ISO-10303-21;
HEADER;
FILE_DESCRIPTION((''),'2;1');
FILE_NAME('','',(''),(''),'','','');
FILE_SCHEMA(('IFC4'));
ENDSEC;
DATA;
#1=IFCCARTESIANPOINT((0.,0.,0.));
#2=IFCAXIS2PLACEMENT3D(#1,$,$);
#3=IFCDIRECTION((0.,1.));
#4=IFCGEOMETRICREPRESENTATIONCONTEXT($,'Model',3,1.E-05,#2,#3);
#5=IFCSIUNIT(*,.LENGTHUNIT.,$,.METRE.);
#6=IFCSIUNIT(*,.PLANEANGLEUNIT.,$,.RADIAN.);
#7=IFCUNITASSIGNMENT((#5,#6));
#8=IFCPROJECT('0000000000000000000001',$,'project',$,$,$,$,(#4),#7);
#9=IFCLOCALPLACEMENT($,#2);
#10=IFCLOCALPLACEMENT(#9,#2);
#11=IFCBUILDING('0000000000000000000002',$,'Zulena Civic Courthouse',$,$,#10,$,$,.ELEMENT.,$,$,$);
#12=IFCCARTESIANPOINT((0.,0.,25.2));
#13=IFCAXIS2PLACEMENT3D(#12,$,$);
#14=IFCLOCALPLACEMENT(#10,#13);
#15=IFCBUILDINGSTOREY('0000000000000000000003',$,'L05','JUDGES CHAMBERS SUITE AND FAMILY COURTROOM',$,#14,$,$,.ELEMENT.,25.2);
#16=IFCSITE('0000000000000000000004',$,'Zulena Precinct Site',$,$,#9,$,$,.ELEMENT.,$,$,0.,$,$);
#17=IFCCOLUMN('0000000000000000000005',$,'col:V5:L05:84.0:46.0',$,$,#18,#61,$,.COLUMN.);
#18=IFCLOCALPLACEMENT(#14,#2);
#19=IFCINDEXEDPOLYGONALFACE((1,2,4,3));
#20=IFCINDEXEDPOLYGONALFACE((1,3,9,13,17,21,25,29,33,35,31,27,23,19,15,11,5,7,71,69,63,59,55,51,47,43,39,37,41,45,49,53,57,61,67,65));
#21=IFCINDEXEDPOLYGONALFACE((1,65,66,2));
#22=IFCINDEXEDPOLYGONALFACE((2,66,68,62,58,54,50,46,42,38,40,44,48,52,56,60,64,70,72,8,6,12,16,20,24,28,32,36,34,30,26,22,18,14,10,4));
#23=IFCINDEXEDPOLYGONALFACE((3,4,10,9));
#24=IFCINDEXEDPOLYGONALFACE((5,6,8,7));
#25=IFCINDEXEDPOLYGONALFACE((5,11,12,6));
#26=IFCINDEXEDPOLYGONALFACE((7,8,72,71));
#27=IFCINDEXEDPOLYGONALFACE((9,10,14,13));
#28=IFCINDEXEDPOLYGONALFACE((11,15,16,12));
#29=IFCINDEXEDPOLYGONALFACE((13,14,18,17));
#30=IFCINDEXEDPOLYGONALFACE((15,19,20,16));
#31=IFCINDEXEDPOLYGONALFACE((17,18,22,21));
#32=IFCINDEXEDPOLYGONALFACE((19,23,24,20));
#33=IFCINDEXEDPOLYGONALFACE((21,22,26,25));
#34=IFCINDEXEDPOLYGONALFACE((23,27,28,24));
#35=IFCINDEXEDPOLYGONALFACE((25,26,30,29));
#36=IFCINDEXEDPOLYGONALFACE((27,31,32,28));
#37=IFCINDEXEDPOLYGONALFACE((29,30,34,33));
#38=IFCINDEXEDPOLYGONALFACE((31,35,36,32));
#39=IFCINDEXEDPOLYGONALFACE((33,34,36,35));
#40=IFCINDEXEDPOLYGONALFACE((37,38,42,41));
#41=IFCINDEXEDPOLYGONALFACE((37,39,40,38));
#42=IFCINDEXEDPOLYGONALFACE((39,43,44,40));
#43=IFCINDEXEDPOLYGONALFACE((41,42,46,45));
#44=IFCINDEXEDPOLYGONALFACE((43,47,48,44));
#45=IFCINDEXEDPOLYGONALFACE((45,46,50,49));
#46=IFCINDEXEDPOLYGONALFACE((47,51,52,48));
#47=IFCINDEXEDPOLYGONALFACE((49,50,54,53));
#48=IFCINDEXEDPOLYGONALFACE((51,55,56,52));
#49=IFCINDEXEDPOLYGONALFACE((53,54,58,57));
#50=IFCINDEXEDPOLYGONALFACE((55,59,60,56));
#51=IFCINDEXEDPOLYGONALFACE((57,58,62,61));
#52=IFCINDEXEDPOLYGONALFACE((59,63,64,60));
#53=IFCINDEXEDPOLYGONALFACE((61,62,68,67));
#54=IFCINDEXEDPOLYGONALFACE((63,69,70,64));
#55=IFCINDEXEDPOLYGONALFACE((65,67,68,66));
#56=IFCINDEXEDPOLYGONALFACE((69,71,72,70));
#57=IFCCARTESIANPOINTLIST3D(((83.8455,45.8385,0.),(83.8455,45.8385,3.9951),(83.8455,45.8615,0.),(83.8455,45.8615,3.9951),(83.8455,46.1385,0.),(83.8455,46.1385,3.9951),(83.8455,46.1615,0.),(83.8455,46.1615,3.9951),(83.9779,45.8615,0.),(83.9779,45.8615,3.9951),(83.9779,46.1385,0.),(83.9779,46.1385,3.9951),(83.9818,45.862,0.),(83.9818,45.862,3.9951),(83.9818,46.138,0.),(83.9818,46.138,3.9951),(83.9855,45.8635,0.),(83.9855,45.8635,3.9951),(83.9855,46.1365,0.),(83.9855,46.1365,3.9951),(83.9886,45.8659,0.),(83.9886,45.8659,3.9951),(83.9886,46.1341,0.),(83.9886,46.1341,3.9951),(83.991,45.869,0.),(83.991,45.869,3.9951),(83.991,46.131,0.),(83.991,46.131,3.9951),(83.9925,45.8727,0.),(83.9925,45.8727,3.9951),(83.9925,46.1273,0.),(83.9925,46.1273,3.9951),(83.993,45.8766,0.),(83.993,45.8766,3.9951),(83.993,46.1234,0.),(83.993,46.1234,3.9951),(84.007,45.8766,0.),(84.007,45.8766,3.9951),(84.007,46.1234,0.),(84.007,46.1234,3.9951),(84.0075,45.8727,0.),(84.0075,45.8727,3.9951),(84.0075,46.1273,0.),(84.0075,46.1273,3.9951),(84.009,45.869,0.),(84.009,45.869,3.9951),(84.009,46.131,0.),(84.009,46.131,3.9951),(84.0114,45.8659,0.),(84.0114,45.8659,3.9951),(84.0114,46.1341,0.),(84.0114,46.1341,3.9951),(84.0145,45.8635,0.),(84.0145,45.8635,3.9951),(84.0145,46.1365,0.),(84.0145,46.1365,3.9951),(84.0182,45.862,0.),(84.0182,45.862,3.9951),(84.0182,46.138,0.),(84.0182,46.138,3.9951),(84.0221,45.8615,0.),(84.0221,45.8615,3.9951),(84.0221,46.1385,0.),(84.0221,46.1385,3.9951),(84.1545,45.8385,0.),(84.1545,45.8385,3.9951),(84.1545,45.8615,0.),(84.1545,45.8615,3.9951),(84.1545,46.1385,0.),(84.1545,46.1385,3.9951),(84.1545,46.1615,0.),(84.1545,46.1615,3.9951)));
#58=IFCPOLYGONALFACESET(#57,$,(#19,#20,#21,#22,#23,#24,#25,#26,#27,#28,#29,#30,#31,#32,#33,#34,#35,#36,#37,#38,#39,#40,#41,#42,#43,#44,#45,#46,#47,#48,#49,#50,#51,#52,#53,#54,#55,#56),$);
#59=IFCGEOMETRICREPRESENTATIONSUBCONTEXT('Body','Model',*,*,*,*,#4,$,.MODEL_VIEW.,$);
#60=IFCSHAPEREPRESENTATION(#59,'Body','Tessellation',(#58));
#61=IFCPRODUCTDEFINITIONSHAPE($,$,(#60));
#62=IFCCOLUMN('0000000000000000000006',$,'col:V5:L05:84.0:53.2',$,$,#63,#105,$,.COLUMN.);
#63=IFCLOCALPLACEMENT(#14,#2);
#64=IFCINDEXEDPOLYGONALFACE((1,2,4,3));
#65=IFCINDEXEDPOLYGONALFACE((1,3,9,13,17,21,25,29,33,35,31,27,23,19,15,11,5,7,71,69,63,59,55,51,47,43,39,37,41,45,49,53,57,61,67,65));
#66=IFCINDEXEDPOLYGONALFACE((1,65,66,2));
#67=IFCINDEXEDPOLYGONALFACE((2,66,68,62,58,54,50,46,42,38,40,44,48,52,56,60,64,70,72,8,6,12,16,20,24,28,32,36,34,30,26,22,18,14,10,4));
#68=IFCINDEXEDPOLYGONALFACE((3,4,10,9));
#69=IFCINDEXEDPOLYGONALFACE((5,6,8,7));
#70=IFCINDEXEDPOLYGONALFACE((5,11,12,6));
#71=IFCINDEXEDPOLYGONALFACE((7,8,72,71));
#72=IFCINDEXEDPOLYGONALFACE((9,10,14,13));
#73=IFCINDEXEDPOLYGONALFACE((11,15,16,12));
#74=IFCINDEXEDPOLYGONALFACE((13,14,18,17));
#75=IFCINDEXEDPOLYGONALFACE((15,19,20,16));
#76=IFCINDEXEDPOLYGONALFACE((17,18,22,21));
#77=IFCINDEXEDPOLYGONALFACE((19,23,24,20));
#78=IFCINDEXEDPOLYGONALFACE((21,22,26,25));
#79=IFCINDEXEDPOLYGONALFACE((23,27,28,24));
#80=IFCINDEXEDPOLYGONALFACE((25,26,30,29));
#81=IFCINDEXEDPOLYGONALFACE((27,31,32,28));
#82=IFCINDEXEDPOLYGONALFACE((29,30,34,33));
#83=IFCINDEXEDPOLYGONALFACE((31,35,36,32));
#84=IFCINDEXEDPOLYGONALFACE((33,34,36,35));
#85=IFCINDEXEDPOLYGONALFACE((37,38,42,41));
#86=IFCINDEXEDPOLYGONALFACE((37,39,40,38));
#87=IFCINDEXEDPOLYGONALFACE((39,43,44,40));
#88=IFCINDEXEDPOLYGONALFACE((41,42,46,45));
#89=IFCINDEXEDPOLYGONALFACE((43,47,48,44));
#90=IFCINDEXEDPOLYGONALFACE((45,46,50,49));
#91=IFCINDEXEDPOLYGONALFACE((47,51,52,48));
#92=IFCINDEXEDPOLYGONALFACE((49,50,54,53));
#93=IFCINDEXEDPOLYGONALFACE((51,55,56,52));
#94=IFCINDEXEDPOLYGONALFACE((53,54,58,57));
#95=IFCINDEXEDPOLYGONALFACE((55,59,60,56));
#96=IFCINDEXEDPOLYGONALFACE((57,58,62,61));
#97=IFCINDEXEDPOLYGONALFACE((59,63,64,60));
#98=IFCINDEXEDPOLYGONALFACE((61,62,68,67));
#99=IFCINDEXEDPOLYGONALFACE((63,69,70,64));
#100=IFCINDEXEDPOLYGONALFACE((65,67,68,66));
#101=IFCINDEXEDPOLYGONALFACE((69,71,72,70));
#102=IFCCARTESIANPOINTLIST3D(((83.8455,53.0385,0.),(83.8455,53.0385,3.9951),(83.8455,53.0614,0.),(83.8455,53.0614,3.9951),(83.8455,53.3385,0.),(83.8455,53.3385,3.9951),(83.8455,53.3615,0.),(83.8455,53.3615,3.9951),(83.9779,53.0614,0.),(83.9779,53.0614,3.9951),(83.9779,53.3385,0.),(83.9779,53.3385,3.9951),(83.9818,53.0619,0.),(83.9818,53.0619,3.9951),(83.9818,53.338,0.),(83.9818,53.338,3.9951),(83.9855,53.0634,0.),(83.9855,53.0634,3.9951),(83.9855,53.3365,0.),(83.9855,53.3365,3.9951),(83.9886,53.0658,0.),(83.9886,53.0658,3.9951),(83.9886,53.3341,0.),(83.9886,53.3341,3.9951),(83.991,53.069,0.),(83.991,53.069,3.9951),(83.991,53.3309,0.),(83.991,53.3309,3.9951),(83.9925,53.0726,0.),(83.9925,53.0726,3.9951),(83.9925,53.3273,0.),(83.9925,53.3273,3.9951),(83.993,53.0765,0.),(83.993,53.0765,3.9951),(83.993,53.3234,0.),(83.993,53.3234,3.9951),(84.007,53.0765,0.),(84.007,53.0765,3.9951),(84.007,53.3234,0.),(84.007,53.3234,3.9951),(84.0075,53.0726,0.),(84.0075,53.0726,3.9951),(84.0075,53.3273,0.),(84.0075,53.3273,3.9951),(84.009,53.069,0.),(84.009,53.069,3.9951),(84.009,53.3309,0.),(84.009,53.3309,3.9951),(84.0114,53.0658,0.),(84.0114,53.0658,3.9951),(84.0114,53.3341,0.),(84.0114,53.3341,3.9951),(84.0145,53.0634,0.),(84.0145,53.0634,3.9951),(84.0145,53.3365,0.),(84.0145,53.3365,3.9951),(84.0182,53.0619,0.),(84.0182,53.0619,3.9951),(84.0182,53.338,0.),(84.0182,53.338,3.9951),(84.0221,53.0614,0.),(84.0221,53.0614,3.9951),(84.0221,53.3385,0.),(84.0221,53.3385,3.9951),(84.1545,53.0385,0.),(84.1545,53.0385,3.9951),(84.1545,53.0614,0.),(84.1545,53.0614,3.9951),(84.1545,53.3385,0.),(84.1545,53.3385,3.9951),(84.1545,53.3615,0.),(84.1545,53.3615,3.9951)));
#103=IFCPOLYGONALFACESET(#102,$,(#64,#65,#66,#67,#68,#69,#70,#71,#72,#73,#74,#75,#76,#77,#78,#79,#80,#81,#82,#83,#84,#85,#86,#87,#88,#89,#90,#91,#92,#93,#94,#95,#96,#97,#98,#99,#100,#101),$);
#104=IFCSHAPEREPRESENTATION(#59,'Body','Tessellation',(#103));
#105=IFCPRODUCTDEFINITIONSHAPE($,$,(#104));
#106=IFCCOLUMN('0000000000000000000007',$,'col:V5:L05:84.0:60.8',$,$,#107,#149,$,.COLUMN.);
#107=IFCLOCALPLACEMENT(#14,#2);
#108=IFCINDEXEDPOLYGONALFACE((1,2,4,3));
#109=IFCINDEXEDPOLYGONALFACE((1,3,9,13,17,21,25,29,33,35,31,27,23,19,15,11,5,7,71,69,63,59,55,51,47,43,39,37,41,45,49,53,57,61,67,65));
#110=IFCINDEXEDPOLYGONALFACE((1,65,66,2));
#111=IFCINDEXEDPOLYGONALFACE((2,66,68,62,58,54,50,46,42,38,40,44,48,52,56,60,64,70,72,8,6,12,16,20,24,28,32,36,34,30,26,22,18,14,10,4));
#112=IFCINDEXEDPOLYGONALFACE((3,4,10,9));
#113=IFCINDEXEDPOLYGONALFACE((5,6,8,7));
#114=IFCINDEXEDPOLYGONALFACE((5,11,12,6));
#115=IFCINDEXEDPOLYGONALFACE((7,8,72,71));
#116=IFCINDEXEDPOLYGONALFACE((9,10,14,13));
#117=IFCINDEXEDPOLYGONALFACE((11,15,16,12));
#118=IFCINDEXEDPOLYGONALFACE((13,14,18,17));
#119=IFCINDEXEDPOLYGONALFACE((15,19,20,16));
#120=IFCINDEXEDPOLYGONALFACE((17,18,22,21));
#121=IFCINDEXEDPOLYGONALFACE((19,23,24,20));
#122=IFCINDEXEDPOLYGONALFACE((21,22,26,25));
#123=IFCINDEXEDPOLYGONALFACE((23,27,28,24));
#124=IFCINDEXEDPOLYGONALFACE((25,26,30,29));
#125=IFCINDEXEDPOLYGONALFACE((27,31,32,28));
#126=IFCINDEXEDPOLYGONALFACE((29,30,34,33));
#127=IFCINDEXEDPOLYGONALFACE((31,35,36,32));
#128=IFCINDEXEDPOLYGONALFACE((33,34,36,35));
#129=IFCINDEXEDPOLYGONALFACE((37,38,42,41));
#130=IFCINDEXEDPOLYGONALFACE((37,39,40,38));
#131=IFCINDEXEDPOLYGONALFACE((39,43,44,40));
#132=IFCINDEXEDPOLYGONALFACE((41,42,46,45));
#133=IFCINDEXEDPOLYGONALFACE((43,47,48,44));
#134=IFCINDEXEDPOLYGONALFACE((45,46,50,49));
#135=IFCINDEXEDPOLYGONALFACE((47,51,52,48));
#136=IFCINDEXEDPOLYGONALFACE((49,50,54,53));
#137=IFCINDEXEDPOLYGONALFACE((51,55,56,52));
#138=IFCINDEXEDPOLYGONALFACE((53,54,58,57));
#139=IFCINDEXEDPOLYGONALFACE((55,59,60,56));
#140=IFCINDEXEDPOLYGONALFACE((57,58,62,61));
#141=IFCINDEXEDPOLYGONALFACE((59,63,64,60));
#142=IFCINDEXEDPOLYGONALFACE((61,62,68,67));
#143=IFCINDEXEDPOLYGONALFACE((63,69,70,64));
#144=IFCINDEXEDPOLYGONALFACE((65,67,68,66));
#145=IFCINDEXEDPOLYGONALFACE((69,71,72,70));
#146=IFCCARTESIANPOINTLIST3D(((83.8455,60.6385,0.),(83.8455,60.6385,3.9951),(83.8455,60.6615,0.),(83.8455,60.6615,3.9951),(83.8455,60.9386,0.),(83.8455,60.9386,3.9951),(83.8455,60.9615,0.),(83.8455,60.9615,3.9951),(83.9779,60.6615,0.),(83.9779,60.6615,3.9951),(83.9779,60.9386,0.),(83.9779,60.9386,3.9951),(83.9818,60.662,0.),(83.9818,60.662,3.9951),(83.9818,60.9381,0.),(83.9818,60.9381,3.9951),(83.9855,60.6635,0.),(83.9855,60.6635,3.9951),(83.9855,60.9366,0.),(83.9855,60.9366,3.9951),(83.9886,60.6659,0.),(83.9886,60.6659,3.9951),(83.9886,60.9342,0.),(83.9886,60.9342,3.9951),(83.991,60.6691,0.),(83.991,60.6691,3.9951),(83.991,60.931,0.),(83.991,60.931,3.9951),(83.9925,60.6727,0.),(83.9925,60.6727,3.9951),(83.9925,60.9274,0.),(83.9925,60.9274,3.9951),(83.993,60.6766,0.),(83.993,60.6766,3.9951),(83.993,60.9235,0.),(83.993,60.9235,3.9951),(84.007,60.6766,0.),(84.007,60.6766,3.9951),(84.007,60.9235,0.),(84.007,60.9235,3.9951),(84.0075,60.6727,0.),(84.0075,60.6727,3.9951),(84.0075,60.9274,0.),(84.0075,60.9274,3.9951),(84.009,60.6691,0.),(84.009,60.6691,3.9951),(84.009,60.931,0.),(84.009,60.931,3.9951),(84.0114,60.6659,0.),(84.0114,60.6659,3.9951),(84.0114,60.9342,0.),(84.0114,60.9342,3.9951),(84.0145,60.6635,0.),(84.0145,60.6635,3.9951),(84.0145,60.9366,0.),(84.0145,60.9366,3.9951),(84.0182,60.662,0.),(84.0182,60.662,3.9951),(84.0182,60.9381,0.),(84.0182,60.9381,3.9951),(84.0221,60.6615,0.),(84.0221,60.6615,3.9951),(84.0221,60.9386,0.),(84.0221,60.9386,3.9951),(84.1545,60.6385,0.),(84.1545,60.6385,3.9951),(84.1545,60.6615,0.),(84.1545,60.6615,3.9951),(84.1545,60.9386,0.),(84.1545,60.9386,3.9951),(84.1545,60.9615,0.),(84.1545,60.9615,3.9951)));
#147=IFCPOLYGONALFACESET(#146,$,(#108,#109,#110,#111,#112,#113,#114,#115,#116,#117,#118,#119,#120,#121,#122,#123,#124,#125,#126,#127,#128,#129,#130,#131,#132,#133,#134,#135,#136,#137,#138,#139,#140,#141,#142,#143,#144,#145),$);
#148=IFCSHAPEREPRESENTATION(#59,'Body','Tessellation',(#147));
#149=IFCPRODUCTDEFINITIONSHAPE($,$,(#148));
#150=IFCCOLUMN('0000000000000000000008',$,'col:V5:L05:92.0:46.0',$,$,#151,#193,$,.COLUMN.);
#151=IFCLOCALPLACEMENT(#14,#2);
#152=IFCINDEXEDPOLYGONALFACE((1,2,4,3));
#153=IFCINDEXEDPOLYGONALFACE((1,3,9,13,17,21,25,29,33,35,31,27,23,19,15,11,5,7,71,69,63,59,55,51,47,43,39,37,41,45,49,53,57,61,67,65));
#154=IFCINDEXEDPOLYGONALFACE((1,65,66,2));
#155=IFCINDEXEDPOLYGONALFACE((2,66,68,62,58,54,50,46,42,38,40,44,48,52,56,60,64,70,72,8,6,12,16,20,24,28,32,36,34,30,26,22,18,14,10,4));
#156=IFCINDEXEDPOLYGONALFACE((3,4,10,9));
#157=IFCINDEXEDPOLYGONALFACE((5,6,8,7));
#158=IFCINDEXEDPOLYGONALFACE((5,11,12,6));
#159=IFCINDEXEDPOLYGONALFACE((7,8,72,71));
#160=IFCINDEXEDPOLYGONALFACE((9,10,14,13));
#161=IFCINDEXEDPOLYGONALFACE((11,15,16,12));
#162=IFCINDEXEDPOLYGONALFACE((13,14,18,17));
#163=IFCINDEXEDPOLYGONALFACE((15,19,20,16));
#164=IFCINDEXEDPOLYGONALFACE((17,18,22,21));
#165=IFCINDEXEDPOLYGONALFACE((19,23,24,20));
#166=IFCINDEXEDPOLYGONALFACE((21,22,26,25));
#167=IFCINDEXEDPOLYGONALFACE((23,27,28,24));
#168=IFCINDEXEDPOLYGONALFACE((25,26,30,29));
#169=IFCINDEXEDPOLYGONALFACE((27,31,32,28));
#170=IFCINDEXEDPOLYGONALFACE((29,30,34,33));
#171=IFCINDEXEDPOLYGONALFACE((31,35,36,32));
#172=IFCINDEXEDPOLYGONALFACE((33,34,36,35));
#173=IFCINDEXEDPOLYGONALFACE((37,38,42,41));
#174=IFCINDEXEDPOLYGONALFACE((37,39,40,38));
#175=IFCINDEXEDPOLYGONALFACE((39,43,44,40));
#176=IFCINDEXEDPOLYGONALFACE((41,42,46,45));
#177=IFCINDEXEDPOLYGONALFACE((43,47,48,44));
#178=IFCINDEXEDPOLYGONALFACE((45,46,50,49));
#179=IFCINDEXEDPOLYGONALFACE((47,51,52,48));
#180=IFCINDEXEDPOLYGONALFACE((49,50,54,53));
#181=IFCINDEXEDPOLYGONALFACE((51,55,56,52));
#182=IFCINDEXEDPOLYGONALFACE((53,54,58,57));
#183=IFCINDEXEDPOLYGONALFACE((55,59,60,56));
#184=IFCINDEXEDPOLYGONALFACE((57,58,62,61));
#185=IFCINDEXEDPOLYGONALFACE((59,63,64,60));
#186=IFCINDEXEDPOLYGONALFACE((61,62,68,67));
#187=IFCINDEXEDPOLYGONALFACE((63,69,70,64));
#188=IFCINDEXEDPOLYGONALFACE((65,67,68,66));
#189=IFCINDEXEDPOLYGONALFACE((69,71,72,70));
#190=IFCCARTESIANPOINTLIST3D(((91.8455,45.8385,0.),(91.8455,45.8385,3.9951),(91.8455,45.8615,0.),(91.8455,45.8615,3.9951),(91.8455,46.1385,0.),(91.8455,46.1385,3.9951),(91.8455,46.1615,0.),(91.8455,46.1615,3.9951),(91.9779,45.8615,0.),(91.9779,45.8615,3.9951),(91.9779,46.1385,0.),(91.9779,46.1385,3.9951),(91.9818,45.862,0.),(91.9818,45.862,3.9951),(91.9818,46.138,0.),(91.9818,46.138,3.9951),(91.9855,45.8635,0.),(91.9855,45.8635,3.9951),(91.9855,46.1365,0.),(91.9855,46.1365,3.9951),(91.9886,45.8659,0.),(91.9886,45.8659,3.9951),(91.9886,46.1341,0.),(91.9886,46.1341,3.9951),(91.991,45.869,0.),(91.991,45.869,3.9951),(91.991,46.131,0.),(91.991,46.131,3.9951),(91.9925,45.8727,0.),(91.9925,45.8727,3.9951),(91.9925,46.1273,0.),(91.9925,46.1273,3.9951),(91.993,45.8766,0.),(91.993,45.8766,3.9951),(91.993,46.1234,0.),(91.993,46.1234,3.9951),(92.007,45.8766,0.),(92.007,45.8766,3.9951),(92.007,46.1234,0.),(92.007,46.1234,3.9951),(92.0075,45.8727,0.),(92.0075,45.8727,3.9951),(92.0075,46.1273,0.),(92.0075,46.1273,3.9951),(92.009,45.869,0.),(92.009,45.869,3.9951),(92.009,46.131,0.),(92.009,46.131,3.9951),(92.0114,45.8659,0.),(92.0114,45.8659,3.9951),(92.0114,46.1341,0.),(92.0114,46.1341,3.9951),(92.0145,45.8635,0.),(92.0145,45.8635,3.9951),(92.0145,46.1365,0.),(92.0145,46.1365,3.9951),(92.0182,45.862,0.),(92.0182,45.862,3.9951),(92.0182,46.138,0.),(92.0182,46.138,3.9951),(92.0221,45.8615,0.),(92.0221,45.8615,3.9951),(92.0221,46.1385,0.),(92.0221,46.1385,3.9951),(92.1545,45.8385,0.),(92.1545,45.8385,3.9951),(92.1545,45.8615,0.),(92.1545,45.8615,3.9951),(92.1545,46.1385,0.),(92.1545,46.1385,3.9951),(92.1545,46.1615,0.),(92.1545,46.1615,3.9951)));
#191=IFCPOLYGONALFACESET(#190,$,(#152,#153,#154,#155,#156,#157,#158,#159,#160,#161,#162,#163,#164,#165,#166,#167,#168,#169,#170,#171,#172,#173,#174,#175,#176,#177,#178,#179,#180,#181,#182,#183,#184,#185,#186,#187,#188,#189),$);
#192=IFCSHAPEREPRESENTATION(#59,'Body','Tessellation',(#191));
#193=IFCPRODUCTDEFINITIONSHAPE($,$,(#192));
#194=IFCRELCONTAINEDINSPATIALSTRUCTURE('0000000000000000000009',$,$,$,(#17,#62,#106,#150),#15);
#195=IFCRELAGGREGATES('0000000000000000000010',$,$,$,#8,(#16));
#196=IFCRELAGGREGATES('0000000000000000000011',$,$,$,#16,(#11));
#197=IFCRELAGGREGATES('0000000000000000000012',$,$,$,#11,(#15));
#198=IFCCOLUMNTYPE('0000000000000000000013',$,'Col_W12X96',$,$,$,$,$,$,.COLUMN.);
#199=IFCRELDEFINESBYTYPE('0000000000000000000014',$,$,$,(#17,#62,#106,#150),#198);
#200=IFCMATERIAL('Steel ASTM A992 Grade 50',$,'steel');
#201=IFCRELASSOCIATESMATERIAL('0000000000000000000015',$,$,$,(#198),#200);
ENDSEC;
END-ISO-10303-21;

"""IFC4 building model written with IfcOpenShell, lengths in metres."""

from ifc_helpers import new_model, si_unit, direction, frame, origin, origin_2d, place, context, subcontext, project, spatial, i_section, extrude, material, material_profile, profile_set, type_object, element, save


model = new_model("IFC4")

# Units and contexts
model_context = context("Model", 3, precision=1e-05, world=origin(), true_north=direction((0.0, 1.0)))
body_context = subcontext(model_context, "Body", "Model", "MODEL_VIEW")
ifc_project = project(units=[si_unit("LENGTHUNIT", "METRE"), si_unit("PLANEANGLEUNIT", "RADIAN")], contexts=[model_context])

# Site, building, storey
site_placement = place(None, origin())
site = spatial("IfcSite", under=ifc_project, at=site_placement, Name="Zulena Precinct Site", CompositionType="ELEMENT", RefElevation=0.0)
building_placement = place(site_placement, origin())
building = spatial("IfcBuilding", under=site, at=building_placement, Name="Zulena Civic Courthouse", CompositionType="ELEMENT")
storey_placement = place(building_placement, frame((0.0, 0.0, 25.2)))
storey = spatial("IfcBuildingStorey", under=building, at=storey_placement, Name="L05", Description="JUDGES CHAMBERS SUITE AND FAMILY COURTROOM", CompositionType="ELEMENT", Elevation=25.2)

# Columns
ifc_material_1 = material(Name="Steel ASTM A992 Grade 50", Category="steel")
ifc_material_profile_1 = material_profile(ifc_material_1, i_section(OverallWidth=0.3091, OverallDepth=0.323, WebThickness=0.0139, FlangeThickness=0.0229, FilletRadius=0.0151, at=origin_2d()), Name="W12X96")
ifc_profile_set_1 = profile_set([ifc_material_profile_1], Name="Steel ASTM A992 Grade 50")
column_type = type_object("IfcColumnType", Name="Col_W12X96", PredefinedType="COLUMN", material=ifc_profile_set_1)
for number, where, z_axis, x_axis, name in (
    (1, (84.0, 46.0, 0.0), (0.0, 0.0, 1.0), (1.0, 0.0, 0.0), "col:V5:L05:84.0:46.0"),
    (2, (84.0, 53.2, 0.0), (0.0, 0.0, 1.0), (1.0, 0.0, 0.0), "col:V5:L05:84.0:53.2"),
    (3, (84.0, 60.8, 0.0), (0.0, 0.0, 1.0), (1.0, 0.0, 0.0), "col:V5:L05:84.0:60.8"),
    (4, (92.0, 46.0, 0.0), (0.0, 0.0, 1.0), (1.0, 0.0, 0.0), "col:V5:L05:92.0:46.0"),
):
    element("IfcColumn", number, at=place(storey_placement, frame(where, z_axis=z_axis, x_axis=x_axis)), inside=storey, type_object=column_type, Name=name, PredefinedType="COLUMN", context=body_context, shape_type="SweptSolid", body=[
        extrude(i_section(OverallWidth=0.3091, OverallDepth=0.323, WebThickness=0.0139, FlangeThickness=0.0229, FilletRadius=0.0151, at=origin_2d()), origin(), (0.0, 0.0, 1.0), 3.9951),
    ])

save(model, "model.ifc")
